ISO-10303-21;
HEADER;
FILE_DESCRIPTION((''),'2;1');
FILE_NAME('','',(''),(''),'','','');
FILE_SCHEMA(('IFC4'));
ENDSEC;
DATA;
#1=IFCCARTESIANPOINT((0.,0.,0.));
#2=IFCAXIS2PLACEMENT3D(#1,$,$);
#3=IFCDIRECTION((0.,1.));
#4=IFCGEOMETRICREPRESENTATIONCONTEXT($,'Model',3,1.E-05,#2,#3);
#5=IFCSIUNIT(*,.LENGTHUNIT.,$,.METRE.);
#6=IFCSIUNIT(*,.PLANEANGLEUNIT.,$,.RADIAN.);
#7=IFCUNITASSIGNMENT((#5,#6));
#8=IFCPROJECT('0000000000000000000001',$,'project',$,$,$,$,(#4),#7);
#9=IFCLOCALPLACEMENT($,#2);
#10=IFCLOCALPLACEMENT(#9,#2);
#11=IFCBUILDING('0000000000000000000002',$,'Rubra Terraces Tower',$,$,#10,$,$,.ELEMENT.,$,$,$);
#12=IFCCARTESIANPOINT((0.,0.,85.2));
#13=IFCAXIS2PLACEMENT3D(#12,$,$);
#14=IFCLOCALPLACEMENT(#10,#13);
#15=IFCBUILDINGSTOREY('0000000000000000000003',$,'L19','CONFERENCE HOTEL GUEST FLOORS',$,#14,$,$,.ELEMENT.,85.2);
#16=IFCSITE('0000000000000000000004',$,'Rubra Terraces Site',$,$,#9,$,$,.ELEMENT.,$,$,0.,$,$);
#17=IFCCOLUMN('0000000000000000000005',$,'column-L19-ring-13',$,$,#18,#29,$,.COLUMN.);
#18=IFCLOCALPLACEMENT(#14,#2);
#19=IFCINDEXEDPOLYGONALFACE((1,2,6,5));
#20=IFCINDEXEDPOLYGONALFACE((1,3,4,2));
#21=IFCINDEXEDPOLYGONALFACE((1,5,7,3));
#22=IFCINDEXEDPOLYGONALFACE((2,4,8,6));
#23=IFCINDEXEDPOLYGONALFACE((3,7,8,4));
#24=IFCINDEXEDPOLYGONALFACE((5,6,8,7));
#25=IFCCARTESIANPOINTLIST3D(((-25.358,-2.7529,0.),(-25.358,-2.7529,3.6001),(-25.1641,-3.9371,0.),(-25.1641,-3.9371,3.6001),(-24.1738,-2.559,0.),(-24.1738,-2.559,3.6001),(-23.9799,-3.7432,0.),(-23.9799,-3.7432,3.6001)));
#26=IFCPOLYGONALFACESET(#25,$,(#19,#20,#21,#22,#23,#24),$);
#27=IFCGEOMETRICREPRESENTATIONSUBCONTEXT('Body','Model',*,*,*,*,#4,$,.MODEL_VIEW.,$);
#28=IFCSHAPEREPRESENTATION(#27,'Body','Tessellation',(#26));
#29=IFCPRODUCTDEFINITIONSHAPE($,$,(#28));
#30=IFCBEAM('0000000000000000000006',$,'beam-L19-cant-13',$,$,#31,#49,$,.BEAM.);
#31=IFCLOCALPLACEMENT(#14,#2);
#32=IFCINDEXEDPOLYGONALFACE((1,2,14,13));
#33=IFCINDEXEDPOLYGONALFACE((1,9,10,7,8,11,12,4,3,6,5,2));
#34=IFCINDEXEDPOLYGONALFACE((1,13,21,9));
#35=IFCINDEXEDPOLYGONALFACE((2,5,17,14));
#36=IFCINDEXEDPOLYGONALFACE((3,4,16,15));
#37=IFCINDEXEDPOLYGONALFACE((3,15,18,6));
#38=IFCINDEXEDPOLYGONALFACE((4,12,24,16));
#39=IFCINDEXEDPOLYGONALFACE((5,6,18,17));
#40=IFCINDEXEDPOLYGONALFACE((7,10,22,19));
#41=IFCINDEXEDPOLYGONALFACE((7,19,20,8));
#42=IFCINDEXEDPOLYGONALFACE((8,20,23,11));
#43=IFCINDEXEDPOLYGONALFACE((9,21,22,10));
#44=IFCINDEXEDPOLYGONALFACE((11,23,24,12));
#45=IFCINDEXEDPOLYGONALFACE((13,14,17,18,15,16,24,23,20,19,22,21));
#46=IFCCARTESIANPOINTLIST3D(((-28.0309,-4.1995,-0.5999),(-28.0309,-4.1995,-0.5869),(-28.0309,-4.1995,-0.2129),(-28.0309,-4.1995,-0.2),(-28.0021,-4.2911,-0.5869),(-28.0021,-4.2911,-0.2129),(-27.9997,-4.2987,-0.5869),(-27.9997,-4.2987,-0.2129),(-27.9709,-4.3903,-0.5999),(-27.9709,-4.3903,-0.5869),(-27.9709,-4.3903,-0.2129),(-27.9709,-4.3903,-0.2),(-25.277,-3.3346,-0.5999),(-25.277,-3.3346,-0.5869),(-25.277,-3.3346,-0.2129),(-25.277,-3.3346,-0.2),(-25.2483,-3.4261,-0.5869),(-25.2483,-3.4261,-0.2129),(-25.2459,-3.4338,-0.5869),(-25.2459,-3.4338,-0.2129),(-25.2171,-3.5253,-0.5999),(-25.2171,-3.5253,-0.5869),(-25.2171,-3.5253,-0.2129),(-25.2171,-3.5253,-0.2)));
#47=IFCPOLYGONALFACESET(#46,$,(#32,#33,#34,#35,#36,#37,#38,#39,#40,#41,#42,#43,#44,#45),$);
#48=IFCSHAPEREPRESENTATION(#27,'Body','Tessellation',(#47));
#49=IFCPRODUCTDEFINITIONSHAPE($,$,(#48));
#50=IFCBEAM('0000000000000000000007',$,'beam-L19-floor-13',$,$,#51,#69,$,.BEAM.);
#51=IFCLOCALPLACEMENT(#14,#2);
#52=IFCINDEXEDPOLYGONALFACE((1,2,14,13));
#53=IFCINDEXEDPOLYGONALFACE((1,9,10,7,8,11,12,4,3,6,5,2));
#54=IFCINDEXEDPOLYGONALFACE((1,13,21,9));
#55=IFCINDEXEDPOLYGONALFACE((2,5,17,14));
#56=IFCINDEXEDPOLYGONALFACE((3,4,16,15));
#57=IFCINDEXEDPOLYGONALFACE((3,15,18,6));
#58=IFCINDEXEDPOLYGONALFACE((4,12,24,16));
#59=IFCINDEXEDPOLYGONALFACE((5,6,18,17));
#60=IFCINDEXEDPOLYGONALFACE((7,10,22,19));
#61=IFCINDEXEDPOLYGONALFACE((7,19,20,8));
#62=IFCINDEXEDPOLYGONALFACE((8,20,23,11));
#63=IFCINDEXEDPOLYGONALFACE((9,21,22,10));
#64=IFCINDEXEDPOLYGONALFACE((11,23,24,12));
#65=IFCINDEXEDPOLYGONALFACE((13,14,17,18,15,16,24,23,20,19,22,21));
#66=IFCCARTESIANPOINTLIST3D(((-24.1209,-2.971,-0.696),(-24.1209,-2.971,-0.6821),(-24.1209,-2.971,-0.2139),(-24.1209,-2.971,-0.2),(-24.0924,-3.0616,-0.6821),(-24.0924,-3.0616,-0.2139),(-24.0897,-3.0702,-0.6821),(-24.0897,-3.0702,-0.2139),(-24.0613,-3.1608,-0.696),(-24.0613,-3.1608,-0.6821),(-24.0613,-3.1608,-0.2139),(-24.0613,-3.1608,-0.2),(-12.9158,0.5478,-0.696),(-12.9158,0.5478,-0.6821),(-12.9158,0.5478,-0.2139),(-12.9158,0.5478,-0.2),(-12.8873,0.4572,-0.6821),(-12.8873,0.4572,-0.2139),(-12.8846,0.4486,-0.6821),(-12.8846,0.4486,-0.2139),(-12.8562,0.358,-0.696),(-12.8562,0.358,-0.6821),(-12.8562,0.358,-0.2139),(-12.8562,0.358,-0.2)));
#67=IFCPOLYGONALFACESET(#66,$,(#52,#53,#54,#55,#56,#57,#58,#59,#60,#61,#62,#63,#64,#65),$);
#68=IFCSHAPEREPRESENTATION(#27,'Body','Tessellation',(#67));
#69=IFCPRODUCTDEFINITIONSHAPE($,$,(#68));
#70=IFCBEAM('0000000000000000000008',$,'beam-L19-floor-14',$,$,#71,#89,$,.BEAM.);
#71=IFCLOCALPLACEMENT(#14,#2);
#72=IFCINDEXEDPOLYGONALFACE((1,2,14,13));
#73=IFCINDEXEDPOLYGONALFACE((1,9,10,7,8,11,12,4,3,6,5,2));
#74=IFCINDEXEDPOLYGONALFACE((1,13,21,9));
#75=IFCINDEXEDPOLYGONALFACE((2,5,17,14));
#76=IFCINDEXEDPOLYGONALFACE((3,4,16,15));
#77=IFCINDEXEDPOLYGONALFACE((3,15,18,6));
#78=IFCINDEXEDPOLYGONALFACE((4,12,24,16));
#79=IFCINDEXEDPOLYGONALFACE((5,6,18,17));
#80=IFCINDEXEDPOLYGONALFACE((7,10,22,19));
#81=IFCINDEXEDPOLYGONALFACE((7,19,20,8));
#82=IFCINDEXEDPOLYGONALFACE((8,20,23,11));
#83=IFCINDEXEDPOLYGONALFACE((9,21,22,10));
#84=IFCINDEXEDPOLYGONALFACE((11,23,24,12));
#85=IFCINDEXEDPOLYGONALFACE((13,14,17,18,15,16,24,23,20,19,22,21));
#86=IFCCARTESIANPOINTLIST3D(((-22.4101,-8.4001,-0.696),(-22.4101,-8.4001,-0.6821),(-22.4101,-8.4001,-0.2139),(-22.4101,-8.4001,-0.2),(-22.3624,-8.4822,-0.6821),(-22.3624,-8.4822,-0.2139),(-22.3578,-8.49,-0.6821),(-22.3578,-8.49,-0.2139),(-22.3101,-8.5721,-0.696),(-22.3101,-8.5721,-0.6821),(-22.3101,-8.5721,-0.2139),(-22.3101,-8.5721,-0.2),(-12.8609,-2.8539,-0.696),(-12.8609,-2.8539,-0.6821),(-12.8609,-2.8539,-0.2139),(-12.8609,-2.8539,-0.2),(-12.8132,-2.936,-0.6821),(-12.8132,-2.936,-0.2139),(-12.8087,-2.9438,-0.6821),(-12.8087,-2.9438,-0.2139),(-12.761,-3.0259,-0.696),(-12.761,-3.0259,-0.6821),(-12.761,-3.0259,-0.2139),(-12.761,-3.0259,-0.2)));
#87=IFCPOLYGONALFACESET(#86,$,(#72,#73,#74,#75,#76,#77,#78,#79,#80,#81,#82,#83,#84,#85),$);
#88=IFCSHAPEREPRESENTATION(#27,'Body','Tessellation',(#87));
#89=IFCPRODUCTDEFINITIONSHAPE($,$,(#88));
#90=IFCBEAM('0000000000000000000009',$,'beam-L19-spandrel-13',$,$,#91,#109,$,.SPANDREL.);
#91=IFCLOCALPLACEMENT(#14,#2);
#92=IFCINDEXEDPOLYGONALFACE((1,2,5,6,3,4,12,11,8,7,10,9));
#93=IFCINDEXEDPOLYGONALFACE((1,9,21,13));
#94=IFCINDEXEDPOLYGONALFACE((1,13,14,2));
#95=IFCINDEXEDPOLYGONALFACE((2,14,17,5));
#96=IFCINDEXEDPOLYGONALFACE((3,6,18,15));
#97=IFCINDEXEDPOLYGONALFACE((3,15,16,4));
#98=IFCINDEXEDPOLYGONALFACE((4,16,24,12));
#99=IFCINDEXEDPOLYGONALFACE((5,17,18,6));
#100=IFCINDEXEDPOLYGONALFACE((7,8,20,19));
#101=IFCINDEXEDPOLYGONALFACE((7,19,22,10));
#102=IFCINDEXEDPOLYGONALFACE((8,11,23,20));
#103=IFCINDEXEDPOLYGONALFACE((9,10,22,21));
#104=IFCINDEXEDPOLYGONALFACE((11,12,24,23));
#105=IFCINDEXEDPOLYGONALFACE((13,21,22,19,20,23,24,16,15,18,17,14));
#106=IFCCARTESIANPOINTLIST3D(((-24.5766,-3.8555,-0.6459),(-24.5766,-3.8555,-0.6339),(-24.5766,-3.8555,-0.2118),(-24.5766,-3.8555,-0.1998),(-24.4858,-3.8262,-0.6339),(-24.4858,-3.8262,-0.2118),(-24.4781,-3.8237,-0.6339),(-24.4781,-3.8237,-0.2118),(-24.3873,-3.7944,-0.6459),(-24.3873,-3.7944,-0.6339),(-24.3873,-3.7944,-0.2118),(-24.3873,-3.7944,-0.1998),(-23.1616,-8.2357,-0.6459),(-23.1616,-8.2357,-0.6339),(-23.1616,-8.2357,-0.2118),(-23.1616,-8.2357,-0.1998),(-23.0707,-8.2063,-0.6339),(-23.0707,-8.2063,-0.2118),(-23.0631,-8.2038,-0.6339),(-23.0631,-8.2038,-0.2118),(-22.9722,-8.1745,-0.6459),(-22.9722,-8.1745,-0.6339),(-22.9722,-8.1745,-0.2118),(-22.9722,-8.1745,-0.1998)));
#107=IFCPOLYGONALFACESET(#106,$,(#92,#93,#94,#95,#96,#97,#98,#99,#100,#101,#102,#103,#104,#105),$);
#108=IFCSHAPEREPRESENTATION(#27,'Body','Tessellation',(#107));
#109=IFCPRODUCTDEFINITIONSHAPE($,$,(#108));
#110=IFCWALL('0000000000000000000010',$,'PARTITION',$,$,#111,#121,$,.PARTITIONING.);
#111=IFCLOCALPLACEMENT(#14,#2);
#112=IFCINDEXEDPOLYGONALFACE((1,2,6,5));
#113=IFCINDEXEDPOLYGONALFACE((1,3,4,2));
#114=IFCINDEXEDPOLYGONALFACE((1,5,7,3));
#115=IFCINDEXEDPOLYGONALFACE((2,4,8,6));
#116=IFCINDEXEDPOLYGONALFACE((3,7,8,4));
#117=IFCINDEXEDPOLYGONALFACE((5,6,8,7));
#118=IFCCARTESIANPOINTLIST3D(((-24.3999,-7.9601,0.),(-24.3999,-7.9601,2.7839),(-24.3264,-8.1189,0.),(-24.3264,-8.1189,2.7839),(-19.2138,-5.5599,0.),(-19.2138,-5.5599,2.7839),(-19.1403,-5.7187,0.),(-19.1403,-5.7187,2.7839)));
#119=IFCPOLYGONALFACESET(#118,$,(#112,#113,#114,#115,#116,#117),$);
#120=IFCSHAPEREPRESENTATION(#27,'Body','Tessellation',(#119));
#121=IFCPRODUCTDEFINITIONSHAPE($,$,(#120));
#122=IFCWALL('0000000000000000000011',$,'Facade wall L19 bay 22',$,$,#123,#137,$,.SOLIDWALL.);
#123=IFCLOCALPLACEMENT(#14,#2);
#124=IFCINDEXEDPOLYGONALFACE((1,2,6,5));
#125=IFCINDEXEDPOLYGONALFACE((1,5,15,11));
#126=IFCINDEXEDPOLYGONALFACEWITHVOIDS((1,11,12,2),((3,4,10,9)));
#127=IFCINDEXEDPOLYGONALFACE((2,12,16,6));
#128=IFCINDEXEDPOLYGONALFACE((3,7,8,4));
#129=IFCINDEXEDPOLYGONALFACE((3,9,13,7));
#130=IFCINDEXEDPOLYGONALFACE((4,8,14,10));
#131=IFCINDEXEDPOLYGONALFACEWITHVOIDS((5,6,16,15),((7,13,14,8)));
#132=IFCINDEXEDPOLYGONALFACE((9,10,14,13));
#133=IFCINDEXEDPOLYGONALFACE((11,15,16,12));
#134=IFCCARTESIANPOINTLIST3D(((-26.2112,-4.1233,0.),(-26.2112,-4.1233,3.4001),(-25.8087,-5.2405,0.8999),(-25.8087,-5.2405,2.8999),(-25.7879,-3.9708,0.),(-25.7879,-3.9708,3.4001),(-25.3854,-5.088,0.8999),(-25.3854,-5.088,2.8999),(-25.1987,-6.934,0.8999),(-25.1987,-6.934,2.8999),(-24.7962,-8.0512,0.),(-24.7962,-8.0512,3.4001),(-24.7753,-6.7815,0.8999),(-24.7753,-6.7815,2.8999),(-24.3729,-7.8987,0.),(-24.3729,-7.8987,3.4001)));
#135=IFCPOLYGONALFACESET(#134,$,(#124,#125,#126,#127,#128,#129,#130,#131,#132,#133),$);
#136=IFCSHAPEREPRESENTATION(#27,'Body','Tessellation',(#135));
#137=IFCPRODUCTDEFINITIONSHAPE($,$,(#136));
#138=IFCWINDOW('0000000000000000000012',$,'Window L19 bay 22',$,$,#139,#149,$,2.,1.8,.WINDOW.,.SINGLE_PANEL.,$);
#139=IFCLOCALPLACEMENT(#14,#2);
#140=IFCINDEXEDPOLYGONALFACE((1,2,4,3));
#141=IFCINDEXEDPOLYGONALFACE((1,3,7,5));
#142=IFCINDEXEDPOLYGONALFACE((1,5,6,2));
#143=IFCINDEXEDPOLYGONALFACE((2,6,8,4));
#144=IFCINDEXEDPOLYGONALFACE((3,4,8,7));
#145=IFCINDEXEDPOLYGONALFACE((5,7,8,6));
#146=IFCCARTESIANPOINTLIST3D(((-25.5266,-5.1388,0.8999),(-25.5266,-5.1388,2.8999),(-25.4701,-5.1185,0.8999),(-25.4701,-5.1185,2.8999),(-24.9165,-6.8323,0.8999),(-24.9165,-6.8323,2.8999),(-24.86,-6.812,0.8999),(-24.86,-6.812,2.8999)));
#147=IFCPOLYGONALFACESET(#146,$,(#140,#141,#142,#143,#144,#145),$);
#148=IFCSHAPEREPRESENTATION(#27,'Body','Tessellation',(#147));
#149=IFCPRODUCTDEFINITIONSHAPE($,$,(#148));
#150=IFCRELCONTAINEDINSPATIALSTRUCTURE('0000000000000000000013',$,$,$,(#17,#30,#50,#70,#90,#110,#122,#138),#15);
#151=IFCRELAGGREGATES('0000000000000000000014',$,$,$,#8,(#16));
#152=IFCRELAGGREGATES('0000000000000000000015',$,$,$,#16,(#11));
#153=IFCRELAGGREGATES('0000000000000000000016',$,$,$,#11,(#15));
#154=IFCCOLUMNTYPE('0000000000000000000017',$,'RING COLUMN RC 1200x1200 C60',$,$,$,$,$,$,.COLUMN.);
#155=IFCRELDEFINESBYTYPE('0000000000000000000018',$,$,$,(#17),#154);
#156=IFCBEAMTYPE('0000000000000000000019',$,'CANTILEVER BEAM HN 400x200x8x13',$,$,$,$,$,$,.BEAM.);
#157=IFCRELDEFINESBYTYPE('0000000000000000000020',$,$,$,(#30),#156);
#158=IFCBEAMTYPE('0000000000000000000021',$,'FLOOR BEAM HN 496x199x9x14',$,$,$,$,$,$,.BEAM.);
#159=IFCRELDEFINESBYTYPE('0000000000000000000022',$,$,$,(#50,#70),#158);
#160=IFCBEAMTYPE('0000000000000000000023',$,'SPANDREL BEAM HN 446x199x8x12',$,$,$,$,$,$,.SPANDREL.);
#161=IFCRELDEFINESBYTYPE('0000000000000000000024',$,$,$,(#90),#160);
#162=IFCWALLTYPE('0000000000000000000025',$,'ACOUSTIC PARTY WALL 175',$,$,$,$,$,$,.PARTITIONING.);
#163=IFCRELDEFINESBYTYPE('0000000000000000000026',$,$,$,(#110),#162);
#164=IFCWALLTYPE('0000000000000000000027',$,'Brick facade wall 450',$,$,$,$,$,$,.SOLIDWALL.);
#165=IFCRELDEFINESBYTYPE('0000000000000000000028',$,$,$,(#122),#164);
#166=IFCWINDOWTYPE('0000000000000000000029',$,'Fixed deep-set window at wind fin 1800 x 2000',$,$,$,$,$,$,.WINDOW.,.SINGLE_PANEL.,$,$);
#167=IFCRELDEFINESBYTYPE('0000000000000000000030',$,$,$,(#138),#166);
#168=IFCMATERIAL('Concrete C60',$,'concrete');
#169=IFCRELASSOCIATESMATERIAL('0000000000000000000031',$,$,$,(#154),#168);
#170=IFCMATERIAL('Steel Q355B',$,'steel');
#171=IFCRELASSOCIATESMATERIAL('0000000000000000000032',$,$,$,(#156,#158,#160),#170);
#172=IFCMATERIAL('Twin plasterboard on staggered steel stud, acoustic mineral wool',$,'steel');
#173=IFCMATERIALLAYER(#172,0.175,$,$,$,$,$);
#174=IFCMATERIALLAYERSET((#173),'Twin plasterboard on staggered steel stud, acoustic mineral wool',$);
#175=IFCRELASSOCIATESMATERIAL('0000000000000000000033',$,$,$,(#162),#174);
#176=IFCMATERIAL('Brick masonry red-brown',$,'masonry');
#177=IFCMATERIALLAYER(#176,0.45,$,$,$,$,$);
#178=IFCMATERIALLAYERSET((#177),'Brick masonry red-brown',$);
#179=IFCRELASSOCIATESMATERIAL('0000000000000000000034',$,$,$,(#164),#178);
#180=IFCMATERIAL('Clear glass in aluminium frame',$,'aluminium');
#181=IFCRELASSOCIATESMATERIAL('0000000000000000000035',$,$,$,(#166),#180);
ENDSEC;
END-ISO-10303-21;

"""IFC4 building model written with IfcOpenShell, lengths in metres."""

from ifc_helpers import new_model, si_unit, direction, frame, frame_2d, origin, origin_2d, place, context, subcontext, project, spatial, rectangle, i_section, extrude, material, layer, layer_set, material_profile, profile_set, type_object, element, fill, save


model = new_model("IFC4")

# Units and contexts
model_context = context("Model", 3, precision=1e-05, world=origin(), true_north=direction((0.0, 1.0)))
body_context = subcontext(model_context, "Body", "Model", "MODEL_VIEW")
ifc_project = project(units=[si_unit("LENGTHUNIT", "METRE"), si_unit("PLANEANGLEUNIT", "RADIAN")], contexts=[model_context])

# Site, building, storey
site_placement = place(None, origin())
site = spatial("IfcSite", under=ifc_project, at=site_placement, Name="Rubra Terraces Site", CompositionType="ELEMENT", RefElevation=0.0)
building_placement = place(site_placement, origin())
building = spatial("IfcBuilding", under=site, at=building_placement, Name="Rubra Terraces Tower", CompositionType="ELEMENT")
storey_placement = place(building_placement, frame((0.0, 0.0, 85.2)))
storey = spatial("IfcBuildingStorey", under=building, at=storey_placement, Name="L19", Description="CONFERENCE HOTEL GUEST FLOORS", CompositionType="ELEMENT", Elevation=85.2)

# Column
ifc_material_1 = material(Name="Concrete C60", Category="concrete")
ifc_material_profile_1 = material_profile(ifc_material_1, rectangle(XDim=1.2, YDim=1.2, at=origin_2d()), Name="RC 1200x1200")
ifc_profile_set_1 = profile_set([ifc_material_profile_1], Name="Concrete C60")
column_type = type_object("IfcColumnType", Name="RING COLUMN RC 1200x1200 C60", PredefinedType="COLUMN", material=ifc_profile_set_1)
column_placement = place(storey_placement, frame((-24.6689, -3.248, 0.0), z_axis=(0.0, 0.0, 1.0), x_axis=(0.161559, -0.986863, 0.0)))
element("IfcColumn", 1, at=column_placement, inside=storey, type_object=column_type, Name="column-L19-ring-13", PredefinedType="COLUMN", context=body_context, shape_type="SweptSolid", body=[
    extrude(rectangle(XDim=1.2, YDim=1.2, at=origin_2d()), origin(), (0.0, 0.0, 1.0), 3.6001),
])

# Beams
ifc_material_2 = material(Name="Steel Q355B", Category="steel")
ifc_material_profile_2 = material_profile(ifc_material_2, i_section(OverallWidth=0.2, OverallDepth=0.3999, WebThickness=0.0081, FlangeThickness=0.0129, at=origin_2d()), Name="HN 400x200x8x13")
ifc_profile_set_2 = profile_set([ifc_material_profile_2], Name="Steel Q355B")
beam_type_1 = type_object("IfcBeamType", Name="CANTILEVER BEAM HN 400x200x8x13", PredefinedType="BEAM", material=ifc_profile_set_2)
beam_1_placement = place(storey_placement, frame((-25.2471, -3.4299, -0.3999), z_axis=(-0.954046, -0.299662, 0.0), x_axis=(0.299662, -0.954046, 0.0)))
element("IfcBeam", 2, at=beam_1_placement, inside=storey, type_object=beam_type_1, Name="beam-L19-cant-13", PredefinedType="BEAM", context=body_context, shape_type="SweptSolid", body=[
    extrude(i_section(OverallWidth=0.2, OverallDepth=0.3999, WebThickness=0.0081, FlangeThickness=0.0129, at=origin_2d()), origin(), (0.0, 0.0, 1.0), 2.8865),
])
ifc_material_profile_3 = material_profile(ifc_material_2, i_section(OverallWidth=0.199, OverallDepth=0.4961, WebThickness=0.009, FlangeThickness=0.0139, at=origin_2d()), Name="HN 496x199x9x14")
ifc_profile_set_3 = profile_set([ifc_material_profile_3], Name="Steel Q355B")
beam_type_2 = type_object("IfcBeamType", Name="FLOOR BEAM HN 496x199x9x14", PredefinedType="BEAM", material=ifc_profile_set_3)
beam_2_placement = place(storey_placement, frame((-24.0911, -3.0659, -0.448), z_axis=(0.954062, 0.29961, 0.0), x_axis=(-0.29961, 0.954062, 0.0)))
element("IfcBeam", 3, at=beam_2_placement, inside=storey, type_object=beam_type_2, Name="beam-L19-floor-13", PredefinedType="BEAM", context=body_context, shape_type="SweptSolid", body=[
    extrude(i_section(OverallWidth=0.199, OverallDepth=0.4961, WebThickness=0.009, FlangeThickness=0.0139, at=origin_2d()), origin(), (0.0, 0.0, 1.0), 11.7446),
])
beam_3_placement = place(storey_placement, frame((-22.3601, -8.4861, -0.448), z_axis=(0.864729, 0.502238, 0.0), x_axis=(-0.502238, 0.864729, 0.0)))
element("IfcBeam", 4, at=beam_3_placement, inside=storey, type_object=beam_type_2, Name="beam-L19-floor-14", PredefinedType="BEAM", context=body_context, shape_type="SweptSolid", body=[
    extrude(i_section(OverallWidth=0.199, OverallDepth=0.4961, WebThickness=0.009, FlangeThickness=0.0139, at=origin_2d()), origin(), (0.0, 0.0, 1.0), 11.043),
])
ifc_material_profile_4 = material_profile(ifc_material_2, i_section(OverallWidth=0.199, OverallDepth=0.446, WebThickness=0.0081, FlangeThickness=0.012, at=origin_2d()), Name="HN 446x199x8x12")
ifc_profile_set_4 = profile_set([ifc_material_profile_4], Name="Steel Q355B")
beam_type_3 = type_object("IfcBeamType", Name="SPANDREL BEAM HN 446x199x8x12", PredefinedType="SPANDREL", material=ifc_profile_set_4)
beam_4_placement = place(storey_placement, frame((-24.4819, -3.825, -0.4229), z_axis=(0.307415, -0.951576, 0.0), x_axis=(0.951576, 0.307415, 0.0)))
element("IfcBeam", 5, at=beam_4_placement, inside=storey, type_object=beam_type_3, Name="beam-L19-spandrel-13", PredefinedType="SPANDREL", context=body_context, shape_type="SweptSolid", body=[
    extrude(i_section(OverallWidth=0.199, OverallDepth=0.446, WebThickness=0.0081, FlangeThickness=0.012, at=origin_2d()), origin(), (0.0, 0.0, 1.0), 4.603),
])

# Wall
ifc_material_3 = material(Name="Twin plasterboard on staggered steel stud, acoustic mineral wool", Category="steel")
ifc_layer_1 = layer(ifc_material_3, 0.175)
ifc_layer_set_1 = layer_set([ifc_layer_1], Name="Twin plasterboard on staggered steel stud, acoustic mineral wool")
wall_type_1 = type_object("IfcWallType", Name="ACOUSTIC PARTY WALL 175", PredefinedType="PARTITIONING", material=ifc_layer_set_1)
wall_1_placement = place(storey_placement, frame((-24.3633, -8.0396, 0.0), z_axis=(0.0, 0.0, 1.0), x_axis=(0.90752, 0.420009, 0.0)))
element("IfcWall", 6, at=wall_1_placement, inside=storey, type_object=wall_type_1, Name="PARTITION", PredefinedType="PARTITIONING", context=body_context, shape_type="SweptSolid", body=[
    extrude(rectangle(XDim=5.7146, YDim=0.175, at=frame_2d((2.8574, 0.0))), origin(), (0.0, 0.0, 1.0), 2.7839),
])

# Wall, opening, window
ifc_material_4 = material(Name="Brick masonry red-brown", Category="masonry")
ifc_layer_2 = layer(ifc_material_4, 0.45)
ifc_layer_set_2 = layer_set([ifc_layer_2], Name="Brick masonry red-brown")
wall_type_2 = type_object("IfcWallType", Name="Brick facade wall 450", PredefinedType="SOLIDWALL", material=ifc_layer_set_2)
wall_2_placement = place(storey_placement, frame((-25.9995, -4.0471, 0.0), z_axis=(0.0, 0.0, 1.0), x_axis=(0.338924, -0.940814, 0.0)))
wall_2 = element("IfcWall", 7, at=wall_2_placement, inside=storey, type_object=wall_type_2, Name="Facade wall L19 bay 22", PredefinedType="SOLIDWALL", context=body_context, shape_type="SweptSolid", body=[
    extrude(rectangle(XDim=4.175, YDim=0.45, at=frame_2d((2.0874, 0.0))), origin(), (0.0, 0.0, 1.0), 3.4001),
])
opening_1_placement = place(wall_2_placement, frame((1.1875, 0.0, 0.8999)))
opening_1 = element("IfcOpeningElement", 8, at=opening_1_placement, cuts=wall_2, PredefinedType="OPENING", context=body_context, shape_type="SweptSolid", body=[
    extrude(rectangle(XDim=1.8, YDim=2.0, at=frame_2d((0.8999, 1.0))), frame((0.0, 0.2349, 0.0), z_axis=(0.0, -1.0, 0.0), x_axis=(1.0, 0.0, 0.0)), (0.0, 0.0, 1.0), 0.47),
])
ifc_material_5 = material(Name="Clear glass in aluminium frame", Category="aluminium")
window_type_1 = type_object("IfcWindowType", Name="Fixed deep-set window at wind fin 1800 x 2000", PartitioningType="SINGLE_PANEL", PredefinedType="WINDOW", material=ifc_material_5)
window_1_placement = place(opening_1_placement, origin())
window_1 = element("IfcWindow", 9, at=window_1_placement, inside=storey, type_object=window_type_1, Name="Window L19 bay 22", OverallHeight=2.0, OverallWidth=1.8, PartitioningType="SINGLE_PANEL", PredefinedType="WINDOW", context=body_context, shape_type="SweptSolid", body=[
    extrude(rectangle(XDim=1.8, YDim=2.0, at=frame_2d((0.8999, 1.0))), frame((0.0, 0.135, 0.0), z_axis=(0.0, -1.0, 0.0), x_axis=(1.0, 0.0, 0.0)), (0.0, 0.0, 1.0), 0.0601),
])
fill(opening_1, window_1)

save(model, "model.ifc")
